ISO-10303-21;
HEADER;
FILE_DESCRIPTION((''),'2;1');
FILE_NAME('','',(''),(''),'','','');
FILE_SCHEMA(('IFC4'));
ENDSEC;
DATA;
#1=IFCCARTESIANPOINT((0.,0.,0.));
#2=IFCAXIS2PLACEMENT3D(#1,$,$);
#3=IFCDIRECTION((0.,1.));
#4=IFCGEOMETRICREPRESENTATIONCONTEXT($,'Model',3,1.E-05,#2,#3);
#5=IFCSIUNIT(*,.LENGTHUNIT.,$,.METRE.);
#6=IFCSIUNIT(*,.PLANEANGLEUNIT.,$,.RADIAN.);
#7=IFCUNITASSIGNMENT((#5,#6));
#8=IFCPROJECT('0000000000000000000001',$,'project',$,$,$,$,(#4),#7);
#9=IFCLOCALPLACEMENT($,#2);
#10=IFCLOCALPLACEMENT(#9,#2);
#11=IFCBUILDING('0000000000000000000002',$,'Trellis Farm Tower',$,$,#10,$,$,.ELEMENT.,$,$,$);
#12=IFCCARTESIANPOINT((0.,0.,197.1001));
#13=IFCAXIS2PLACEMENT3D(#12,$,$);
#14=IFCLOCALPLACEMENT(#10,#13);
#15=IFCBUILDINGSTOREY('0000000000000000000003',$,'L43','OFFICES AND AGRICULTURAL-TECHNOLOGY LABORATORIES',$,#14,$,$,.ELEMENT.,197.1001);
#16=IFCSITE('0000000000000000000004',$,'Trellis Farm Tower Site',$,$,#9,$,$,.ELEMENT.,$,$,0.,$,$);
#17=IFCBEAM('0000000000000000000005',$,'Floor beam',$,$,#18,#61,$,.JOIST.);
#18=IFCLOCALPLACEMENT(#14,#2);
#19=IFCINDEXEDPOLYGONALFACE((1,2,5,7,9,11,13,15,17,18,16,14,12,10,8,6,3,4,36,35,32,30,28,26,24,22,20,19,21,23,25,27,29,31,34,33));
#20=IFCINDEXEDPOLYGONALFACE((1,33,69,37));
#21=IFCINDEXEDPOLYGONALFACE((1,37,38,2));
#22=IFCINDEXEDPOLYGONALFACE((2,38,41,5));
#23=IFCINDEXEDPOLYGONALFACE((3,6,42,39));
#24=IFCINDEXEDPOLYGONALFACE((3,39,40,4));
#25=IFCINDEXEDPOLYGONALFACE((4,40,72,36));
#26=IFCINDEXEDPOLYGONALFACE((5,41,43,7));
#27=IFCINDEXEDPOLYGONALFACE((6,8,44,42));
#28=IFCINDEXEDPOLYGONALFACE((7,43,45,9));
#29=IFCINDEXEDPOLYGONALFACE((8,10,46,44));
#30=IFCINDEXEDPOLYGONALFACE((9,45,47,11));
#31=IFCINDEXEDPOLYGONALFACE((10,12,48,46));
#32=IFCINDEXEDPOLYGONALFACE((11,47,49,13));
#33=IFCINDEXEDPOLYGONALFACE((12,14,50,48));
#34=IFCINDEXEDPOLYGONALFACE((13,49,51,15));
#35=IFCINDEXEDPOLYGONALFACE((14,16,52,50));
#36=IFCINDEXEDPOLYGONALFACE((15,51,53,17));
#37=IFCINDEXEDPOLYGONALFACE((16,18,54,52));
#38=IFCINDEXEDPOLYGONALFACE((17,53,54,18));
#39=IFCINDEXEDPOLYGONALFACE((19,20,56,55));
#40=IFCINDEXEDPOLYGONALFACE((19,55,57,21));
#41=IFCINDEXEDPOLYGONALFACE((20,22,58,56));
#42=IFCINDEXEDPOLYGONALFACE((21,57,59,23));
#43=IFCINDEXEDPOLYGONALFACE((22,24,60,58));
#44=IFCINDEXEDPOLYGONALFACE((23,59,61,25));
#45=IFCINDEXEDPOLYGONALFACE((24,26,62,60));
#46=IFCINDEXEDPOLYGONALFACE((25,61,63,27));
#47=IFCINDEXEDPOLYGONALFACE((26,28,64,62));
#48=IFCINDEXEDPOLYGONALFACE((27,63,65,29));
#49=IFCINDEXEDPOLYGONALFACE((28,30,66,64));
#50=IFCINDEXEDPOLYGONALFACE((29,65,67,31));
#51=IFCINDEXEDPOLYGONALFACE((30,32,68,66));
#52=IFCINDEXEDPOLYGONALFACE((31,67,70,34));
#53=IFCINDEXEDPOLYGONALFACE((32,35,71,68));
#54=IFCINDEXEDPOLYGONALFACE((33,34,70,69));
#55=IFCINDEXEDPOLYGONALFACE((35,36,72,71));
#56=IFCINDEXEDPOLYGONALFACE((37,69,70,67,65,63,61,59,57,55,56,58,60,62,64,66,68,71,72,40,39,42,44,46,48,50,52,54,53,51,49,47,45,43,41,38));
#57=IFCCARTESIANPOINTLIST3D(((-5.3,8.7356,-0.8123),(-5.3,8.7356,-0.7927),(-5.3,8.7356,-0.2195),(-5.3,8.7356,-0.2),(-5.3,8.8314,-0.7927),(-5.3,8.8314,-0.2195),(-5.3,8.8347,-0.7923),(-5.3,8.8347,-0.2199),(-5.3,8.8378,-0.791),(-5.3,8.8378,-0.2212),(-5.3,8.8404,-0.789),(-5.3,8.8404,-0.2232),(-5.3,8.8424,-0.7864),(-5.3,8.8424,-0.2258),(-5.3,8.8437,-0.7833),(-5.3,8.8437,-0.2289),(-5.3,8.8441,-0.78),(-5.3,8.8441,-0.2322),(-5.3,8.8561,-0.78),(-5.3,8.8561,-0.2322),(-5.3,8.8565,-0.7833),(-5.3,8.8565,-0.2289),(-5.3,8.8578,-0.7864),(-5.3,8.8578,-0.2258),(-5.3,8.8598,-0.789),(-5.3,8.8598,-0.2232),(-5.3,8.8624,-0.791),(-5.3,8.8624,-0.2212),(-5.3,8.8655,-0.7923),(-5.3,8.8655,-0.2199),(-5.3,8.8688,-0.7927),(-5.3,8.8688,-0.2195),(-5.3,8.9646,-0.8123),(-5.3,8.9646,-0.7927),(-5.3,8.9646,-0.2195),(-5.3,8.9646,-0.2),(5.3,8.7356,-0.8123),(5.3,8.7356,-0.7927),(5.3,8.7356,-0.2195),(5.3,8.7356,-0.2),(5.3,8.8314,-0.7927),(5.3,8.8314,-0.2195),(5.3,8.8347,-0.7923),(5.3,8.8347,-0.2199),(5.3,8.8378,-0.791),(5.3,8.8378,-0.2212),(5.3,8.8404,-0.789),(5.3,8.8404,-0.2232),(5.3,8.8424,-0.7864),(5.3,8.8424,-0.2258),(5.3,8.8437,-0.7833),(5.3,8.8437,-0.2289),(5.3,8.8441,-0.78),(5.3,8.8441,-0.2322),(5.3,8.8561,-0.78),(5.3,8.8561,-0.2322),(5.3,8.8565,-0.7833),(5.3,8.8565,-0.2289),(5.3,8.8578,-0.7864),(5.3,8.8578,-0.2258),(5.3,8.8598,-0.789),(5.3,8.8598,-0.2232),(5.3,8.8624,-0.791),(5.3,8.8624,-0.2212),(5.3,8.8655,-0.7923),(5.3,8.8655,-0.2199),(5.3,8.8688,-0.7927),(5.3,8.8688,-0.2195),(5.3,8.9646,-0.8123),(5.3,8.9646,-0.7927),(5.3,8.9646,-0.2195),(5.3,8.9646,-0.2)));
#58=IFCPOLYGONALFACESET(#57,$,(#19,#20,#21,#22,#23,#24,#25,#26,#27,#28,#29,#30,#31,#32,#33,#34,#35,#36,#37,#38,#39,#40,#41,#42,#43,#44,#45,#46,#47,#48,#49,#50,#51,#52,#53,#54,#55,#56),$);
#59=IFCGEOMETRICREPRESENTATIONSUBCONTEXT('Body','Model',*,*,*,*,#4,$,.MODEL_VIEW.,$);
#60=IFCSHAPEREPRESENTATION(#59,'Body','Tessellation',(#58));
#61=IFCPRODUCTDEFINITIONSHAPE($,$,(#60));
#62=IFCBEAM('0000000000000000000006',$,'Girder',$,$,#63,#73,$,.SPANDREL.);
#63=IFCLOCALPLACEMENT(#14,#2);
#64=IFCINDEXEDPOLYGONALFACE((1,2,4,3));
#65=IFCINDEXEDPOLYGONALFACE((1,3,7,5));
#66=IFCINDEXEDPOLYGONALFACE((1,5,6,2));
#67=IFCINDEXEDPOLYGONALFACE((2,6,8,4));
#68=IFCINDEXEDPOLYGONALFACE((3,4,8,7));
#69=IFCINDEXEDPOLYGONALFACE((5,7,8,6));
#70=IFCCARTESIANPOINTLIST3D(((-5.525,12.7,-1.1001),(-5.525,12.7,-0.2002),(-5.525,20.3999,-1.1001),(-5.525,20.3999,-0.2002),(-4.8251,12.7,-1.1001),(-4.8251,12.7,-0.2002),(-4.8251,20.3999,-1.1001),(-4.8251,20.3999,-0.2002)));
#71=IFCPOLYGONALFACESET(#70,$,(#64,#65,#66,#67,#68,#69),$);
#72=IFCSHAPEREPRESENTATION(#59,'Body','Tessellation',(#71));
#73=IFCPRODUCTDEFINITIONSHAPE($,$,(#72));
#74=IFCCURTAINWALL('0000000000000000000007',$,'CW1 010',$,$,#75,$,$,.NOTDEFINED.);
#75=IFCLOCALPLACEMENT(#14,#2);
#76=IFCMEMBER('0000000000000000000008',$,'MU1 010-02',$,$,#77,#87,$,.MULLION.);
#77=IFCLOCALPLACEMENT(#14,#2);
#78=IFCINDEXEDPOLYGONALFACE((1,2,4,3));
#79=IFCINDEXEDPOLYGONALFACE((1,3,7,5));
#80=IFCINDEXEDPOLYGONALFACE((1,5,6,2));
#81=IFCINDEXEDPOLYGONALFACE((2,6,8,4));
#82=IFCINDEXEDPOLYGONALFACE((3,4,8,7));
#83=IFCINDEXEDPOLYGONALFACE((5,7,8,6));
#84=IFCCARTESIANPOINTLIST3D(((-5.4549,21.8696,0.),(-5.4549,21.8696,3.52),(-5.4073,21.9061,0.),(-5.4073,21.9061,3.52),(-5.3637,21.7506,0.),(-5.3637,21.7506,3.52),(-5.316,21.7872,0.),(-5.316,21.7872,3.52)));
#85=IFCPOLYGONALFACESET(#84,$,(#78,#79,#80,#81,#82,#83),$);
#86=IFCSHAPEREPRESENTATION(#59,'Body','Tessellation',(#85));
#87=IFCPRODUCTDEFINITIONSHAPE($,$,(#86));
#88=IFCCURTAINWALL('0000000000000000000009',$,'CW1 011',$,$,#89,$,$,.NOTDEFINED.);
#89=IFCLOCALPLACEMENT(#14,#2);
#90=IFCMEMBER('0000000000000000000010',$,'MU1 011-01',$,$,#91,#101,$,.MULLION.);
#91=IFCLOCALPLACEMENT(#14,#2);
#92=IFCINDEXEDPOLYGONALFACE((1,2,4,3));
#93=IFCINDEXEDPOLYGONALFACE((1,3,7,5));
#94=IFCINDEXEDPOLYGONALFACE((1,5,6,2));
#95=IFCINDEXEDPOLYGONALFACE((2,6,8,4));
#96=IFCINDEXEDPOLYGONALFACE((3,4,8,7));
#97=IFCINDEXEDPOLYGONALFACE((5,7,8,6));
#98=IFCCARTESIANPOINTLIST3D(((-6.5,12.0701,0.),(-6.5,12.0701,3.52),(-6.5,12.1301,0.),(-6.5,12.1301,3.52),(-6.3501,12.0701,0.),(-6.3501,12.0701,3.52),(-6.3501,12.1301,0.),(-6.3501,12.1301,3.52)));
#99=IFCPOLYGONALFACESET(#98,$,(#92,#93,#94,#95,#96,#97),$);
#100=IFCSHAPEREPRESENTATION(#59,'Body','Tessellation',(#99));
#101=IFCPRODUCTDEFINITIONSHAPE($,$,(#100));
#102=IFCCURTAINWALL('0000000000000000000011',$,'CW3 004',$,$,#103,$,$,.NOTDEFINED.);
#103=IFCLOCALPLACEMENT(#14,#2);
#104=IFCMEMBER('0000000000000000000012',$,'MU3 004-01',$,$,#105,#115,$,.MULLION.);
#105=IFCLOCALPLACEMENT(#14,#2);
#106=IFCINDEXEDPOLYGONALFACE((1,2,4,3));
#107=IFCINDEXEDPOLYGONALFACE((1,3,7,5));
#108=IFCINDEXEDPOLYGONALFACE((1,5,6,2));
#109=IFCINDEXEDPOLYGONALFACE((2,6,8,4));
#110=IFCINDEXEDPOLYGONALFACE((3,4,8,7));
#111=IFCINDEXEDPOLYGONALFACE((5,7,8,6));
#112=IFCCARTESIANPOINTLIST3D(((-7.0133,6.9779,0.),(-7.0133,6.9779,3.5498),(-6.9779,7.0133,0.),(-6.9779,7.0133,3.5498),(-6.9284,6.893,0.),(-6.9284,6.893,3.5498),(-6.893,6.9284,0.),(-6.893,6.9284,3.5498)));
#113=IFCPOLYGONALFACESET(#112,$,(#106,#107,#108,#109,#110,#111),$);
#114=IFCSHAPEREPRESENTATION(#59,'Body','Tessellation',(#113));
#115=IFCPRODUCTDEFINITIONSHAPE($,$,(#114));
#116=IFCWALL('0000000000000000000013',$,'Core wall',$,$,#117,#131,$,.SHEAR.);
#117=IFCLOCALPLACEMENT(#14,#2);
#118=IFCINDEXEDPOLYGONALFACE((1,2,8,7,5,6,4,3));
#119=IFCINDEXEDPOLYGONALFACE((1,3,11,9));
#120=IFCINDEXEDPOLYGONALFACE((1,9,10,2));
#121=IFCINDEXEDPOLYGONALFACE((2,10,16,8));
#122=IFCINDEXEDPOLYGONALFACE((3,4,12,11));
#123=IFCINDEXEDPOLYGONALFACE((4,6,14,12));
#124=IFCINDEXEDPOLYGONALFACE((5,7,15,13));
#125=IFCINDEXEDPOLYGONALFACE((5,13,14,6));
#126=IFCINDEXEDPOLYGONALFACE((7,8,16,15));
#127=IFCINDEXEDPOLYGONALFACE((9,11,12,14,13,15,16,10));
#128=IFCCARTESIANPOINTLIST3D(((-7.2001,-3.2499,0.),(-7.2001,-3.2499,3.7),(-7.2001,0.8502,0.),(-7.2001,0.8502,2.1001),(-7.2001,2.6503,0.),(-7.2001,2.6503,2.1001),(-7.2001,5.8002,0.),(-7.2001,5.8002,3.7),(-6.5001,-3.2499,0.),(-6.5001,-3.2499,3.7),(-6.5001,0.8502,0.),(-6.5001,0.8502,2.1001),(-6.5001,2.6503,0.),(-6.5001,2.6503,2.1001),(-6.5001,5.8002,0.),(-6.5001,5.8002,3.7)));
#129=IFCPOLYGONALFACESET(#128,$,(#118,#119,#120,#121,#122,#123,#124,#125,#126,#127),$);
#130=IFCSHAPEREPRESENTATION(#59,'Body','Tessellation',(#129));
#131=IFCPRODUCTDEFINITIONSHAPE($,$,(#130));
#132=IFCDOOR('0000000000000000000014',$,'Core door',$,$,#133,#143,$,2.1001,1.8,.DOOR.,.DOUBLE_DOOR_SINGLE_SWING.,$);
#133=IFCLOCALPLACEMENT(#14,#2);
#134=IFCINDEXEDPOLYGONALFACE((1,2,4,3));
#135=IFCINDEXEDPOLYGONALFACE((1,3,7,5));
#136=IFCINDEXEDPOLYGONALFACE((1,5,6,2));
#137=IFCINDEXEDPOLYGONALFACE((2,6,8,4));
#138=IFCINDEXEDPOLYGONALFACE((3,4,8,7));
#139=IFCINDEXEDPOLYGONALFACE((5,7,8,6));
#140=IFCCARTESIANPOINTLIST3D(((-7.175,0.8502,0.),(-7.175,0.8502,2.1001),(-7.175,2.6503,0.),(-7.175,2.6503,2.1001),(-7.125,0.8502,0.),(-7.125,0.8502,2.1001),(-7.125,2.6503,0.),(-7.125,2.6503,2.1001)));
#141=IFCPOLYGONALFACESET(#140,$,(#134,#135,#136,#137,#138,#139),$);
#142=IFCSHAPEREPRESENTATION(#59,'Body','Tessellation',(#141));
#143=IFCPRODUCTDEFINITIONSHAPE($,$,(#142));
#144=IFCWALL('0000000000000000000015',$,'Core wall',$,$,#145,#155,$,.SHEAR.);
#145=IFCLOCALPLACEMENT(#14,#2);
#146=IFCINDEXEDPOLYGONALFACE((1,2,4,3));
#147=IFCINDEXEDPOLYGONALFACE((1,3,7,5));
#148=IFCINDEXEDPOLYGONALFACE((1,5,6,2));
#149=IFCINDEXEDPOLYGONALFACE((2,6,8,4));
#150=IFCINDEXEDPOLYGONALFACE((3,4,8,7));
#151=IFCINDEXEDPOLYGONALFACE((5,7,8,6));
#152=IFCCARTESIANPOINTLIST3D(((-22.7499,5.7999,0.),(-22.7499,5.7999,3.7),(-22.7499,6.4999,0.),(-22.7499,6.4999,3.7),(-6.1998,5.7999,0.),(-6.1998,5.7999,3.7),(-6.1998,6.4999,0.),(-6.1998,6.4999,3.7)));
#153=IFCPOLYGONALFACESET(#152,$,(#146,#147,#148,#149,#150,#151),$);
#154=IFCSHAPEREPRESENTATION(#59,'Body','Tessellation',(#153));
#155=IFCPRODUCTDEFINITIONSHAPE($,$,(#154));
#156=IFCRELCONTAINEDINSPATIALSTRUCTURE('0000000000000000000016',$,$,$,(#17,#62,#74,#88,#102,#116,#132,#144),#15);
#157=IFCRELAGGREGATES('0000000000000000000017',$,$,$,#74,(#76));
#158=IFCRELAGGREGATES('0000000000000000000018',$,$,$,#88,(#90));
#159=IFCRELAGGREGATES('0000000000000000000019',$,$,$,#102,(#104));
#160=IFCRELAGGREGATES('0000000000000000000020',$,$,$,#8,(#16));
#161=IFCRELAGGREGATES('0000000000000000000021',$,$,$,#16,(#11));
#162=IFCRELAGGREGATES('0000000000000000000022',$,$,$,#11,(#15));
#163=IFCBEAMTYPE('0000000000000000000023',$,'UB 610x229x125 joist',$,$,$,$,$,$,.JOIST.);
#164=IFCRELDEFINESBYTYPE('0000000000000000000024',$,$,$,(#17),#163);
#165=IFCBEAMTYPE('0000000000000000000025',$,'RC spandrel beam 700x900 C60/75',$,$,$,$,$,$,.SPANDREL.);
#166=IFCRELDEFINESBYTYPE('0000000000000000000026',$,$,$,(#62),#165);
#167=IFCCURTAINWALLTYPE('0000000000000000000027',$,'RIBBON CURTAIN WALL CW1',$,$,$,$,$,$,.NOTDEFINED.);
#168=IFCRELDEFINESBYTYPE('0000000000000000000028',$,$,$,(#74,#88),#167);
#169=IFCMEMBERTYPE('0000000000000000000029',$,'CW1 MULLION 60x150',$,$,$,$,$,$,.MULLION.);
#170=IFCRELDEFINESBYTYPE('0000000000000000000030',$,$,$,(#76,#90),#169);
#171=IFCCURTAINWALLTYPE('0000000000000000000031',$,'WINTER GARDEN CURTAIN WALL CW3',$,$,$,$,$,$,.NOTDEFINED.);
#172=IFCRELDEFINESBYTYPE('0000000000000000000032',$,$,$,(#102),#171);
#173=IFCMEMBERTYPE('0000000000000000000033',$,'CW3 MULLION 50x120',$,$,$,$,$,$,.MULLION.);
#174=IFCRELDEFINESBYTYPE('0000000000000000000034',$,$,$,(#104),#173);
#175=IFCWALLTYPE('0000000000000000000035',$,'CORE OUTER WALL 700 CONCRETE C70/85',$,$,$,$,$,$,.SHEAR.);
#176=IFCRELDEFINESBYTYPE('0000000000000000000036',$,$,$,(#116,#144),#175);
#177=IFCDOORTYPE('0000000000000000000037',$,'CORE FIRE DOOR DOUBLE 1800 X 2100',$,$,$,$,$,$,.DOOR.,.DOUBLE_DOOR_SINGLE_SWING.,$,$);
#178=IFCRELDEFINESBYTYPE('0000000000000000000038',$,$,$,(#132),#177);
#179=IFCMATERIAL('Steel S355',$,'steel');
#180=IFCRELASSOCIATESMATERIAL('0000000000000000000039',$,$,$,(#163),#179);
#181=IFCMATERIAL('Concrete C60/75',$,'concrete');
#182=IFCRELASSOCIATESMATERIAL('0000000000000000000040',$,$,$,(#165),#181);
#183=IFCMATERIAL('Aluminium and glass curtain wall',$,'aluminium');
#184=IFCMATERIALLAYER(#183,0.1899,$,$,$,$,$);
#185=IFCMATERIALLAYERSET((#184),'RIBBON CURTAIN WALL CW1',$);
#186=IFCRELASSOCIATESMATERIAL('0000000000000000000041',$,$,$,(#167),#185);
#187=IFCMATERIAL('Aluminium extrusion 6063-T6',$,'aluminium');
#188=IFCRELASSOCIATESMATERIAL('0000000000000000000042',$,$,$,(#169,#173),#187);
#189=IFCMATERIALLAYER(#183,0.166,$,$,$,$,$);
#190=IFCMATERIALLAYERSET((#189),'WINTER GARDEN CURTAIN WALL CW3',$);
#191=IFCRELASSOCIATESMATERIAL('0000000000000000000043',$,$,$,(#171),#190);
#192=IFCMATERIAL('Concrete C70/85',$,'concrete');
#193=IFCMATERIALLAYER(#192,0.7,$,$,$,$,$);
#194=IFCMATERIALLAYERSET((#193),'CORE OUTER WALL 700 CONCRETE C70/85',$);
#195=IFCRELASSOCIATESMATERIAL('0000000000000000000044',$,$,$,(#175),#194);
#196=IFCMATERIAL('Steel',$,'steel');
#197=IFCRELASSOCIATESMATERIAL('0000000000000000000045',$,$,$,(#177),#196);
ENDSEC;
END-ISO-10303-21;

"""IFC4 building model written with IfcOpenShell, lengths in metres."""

from ifc_helpers import new_model, si_unit, direction, frame, frame_2d, origin, origin_2d, place, context, subcontext, project, spatial, rectangle, i_section, extrude, source, transform, mapped, material, layer, layer_set, material_profile, profile_set, type_object, element, fill, aggregate, save


model = new_model("IFC4")

# Units and contexts
model_context = context("Model", 3, precision=1e-05, world=origin(), true_north=direction((0.0, 1.0)))
body_context = subcontext(model_context, "Body", "Model", "MODEL_VIEW")
ifc_project = project(units=[si_unit("LENGTHUNIT", "METRE"), si_unit("PLANEANGLEUNIT", "RADIAN")], contexts=[model_context])

# Site, building, storey
site_placement = place(None, origin())
site = spatial("IfcSite", under=ifc_project, at=site_placement, Name="Trellis Farm Tower Site", CompositionType="ELEMENT", RefElevation=0.0)
building_placement = place(site_placement, origin())
building = spatial("IfcBuilding", under=site, at=building_placement, Name="Trellis Farm Tower", CompositionType="ELEMENT")
storey_placement = place(building_placement, frame((0.0, 0.0, 197.1001)))
storey = spatial("IfcBuildingStorey", under=building, at=storey_placement, Name="L43", Description="OFFICES AND AGRICULTURAL-TECHNOLOGY LABORATORIES", CompositionType="ELEMENT", Elevation=197.1001)

# Shared definitions
ifc_material_1 = material(Name="Concrete C70/85", Category="concrete")

# Beams
ifc_material_2 = material(Name="Concrete C60/75", Category="concrete")
ifc_material_3 = material(Name="Steel S355", Category="steel")
ifc_material_profile_1 = material_profile(ifc_material_3, i_section(OverallWidth=0.229, OverallDepth=0.6123, WebThickness=0.012, FlangeThickness=0.0195, FilletRadius=0.0127, at=origin_2d()), Name="UB 610x229x125")
ifc_profile_set_1 = profile_set([ifc_material_profile_1], Name="Steel S355")
beam_type_1 = type_object("IfcBeamType", Name="UB 610x229x125 joist", PredefinedType="JOIST", material=ifc_profile_set_1)
shared_shape_1 = source(origin(), body_context, "Body", "SweptSolid", [
    extrude(i_section(OverallWidth=0.229, OverallDepth=0.6123, WebThickness=0.012, FlangeThickness=0.0195, FilletRadius=0.0127, at=origin_2d()), origin(), (0.0, 0.0, 1.0), 10.6001),
])
beam_1_placement = place(storey_placement, frame((-5.3, 8.8501, -0.5061), z_axis=(1.0, 0.0, 0.0), x_axis=(0.0, 1.0, 0.0)))
element("IfcBeam", 1, at=beam_1_placement, inside=storey, type_object=beam_type_1, Name="Floor beam", PredefinedType="JOIST", context=body_context, shape_type="MappedRepresentation", body=[
    mapped(shared_shape_1, transform((0.0, 0.0, 0.0))),
])
ifc_material_profile_2 = material_profile(ifc_material_2, rectangle(XDim=0.7, YDim=0.8999, at=origin_2d()), Name="RC spandrel beam 700x900 C60/75")
ifc_profile_set_2 = profile_set([ifc_material_profile_2], Name="Concrete C60/75")
beam_type_2 = type_object("IfcBeamType", Name="RC spandrel beam 700x900 C60/75", PredefinedType="SPANDREL", material=ifc_profile_set_2)
shared_shape_2 = source(origin(), body_context, "Body", "SweptSolid", [
    extrude(rectangle(XDim=0.7, YDim=0.8999, at=origin_2d()), origin(), (0.0, 0.0, 1.0), 7.7),
])
beam_2_placement = place(storey_placement, frame((-5.175, 12.7, -0.6501), z_axis=(0.0, 1.0, 0.0), x_axis=(-1.0, 0.0, 0.0)))
element("IfcBeam", 2, at=beam_2_placement, inside=storey, type_object=beam_type_2, Name="Girder", PredefinedType="SPANDREL", context=body_context, shape_type="MappedRepresentation", body=[
    mapped(shared_shape_2, transform((0.0, 0.0, 0.0))),
])

# Curtain walls, members
ifc_material_4 = material(Name="Aluminium and glass curtain wall", Category="aluminium")
ifc_layer_1 = layer(ifc_material_4, 0.1899)
ifc_layer_set_1 = layer_set([ifc_layer_1], Name="RIBBON CURTAIN WALL CW1")
curtain_wall_type_1 = type_object("IfcCurtainWallType", Name="RIBBON CURTAIN WALL CW1", PredefinedType="NOTDEFINED", material=ifc_layer_set_1)
placement = place(storey_placement, origin())
curtain_wall_1 = element("IfcCurtainWall", 3, at=placement, inside=storey, type_object=curtain_wall_type_1, Name="CW1 010", PredefinedType="NOTDEFINED")
ifc_material_5 = material(Name="Aluminium extrusion 6063-T6", Category="aluminium")
ifc_material_profile_3 = material_profile(ifc_material_5, rectangle(XDim=0.0601, YDim=0.1499, at=origin_2d()), Name="MULLION 60x150")
ifc_profile_set_3 = profile_set([ifc_material_profile_3], Name="Aluminium extrusion 6063-T6")
member_type_1 = type_object("IfcMemberType", Name="CW1 MULLION 60x150", PredefinedType="MULLION", material=ifc_profile_set_3)
shared_shape_3 = source(origin(), body_context, "Body", "SweptSolid", [
    extrude(rectangle(XDim=0.0601, YDim=0.1499, at=origin_2d()), origin(), (0.0, 0.0, 1.0), 3.52),
])
member_1_placement = place(storey_placement, frame((-5.3855, 21.8284, 0.0), z_axis=(0.0, 0.0, 1.0), x_axis=(-0.793353, -0.608761, 0.0)))
member_1 = element("IfcMember", 4, at=member_1_placement, type_object=member_type_1, Name="MU1 010-02", PredefinedType="MULLION", context=body_context, shape_type="MappedRepresentation", body=[
    mapped(shared_shape_3, transform((0.0, 0.0, 0.0))),
])
aggregate(curtain_wall_1, [member_1])
curtain_wall_2 = element("IfcCurtainWall", 5, at=placement, inside=storey, type_object=curtain_wall_type_1, Name="CW1 011", PredefinedType="NOTDEFINED")
member_2_placement = place(storey_placement, frame((-6.425, 12.1001, 0.0), z_axis=(0.0, 0.0, 1.0), x_axis=(0.0, -1.0, 0.0)))
member_2 = element("IfcMember", 6, at=member_2_placement, type_object=member_type_1, Name="MU1 011-01", PredefinedType="MULLION", context=body_context, shape_type="MappedRepresentation", body=[
    mapped(shared_shape_3, transform((0.0, 0.0, 0.0))),
])
aggregate(curtain_wall_2, [member_2])
ifc_layer_2 = layer(ifc_material_4, 0.166)
ifc_layer_set_2 = layer_set([ifc_layer_2], Name="WINTER GARDEN CURTAIN WALL CW3")
curtain_wall_type_2 = type_object("IfcCurtainWallType", Name="WINTER GARDEN CURTAIN WALL CW3", PredefinedType="NOTDEFINED", material=ifc_layer_set_2)
curtain_wall_3 = element("IfcCurtainWall", 7, at=placement, inside=storey, type_object=curtain_wall_type_2, Name="CW3 004", PredefinedType="NOTDEFINED")
ifc_material_profile_4 = material_profile(ifc_material_5, rectangle(XDim=0.05, YDim=0.1201, at=origin_2d()), Name="MULLION 50x120")
ifc_profile_set_4 = profile_set([ifc_material_profile_4], Name="Aluminium extrusion 6063-T6")
member_type_2 = type_object("IfcMemberType", Name="CW3 MULLION 50x120", PredefinedType="MULLION", material=ifc_profile_set_4)
shared_shape_4 = source(origin(), body_context, "Body", "SweptSolid", [
    extrude(rectangle(XDim=0.05, YDim=0.1201, at=origin_2d()), origin(), (0.0, 0.0, 1.0), 3.5498),
])
member_3_placement = place(storey_placement, frame((-6.9531, 6.9531, 0.0), z_axis=(0.0, 0.0, 1.0), x_axis=(-0.707107, -0.707107, 0.0)))
member_3 = element("IfcMember", 8, at=member_3_placement, type_object=member_type_2, Name="MU3 004-01", PredefinedType="MULLION", context=body_context, shape_type="MappedRepresentation", body=[
    mapped(shared_shape_4, transform((0.0, 0.0, 0.0))),
])
aggregate(curtain_wall_3, [member_3])

# Wall, opening, door
ifc_layer_3 = layer(ifc_material_1, 0.7)
ifc_layer_set_3 = layer_set([ifc_layer_3], Name="CORE OUTER WALL 700 CONCRETE C70/85")
wall_type_1 = type_object("IfcWallType", Name="CORE OUTER WALL 700 CONCRETE C70/85", PredefinedType="SHEAR", material=ifc_layer_set_3)
shared_shape_5 = source(origin(), body_context, "Body", "SweptSolid", [
    extrude(rectangle(XDim=9.05, YDim=0.7, at=frame_2d((4.5249, 0.0))), origin(), (0.0, 0.0, 1.0), 3.7),
])
wall_1_placement = place(storey_placement, frame((-6.8501, 5.8, 0.0), z_axis=(0.0, 0.0, 1.0), x_axis=(0.0, -1.0, 0.0)))
wall_1 = element("IfcWall", 9, at=wall_1_placement, inside=storey, type_object=wall_type_1, Name="Core wall", PredefinedType="SHEAR", context=body_context, shape_type="MappedRepresentation", body=[
    mapped(shared_shape_5, transform((0.0, 0.0, 0.0))),
])
shared_shape_6 = source(origin(), body_context, "Body", "SweptSolid", [
    extrude(rectangle(XDim=1.8, YDim=2.1001, at=frame_2d((0.8999, 1.05))), frame((0.0, 0.3601, 0.0), z_axis=(0.0, -1.0, 0.0), x_axis=(1.0, 0.0, 0.0)), (0.0, 0.0, 1.0), 0.7202),
])
opening_1_placement = place(wall_1_placement, frame((3.1499, 0.0, 0.0)))
opening_1 = element("IfcOpeningElement", 10, at=opening_1_placement, cuts=wall_1, PredefinedType="OPENING", context=body_context, shape_type="MappedRepresentation", body=[
    mapped(shared_shape_6, transform((0.0, 0.0, 0.0))),
])
ifc_material_6 = material(Name="Steel", Category="steel")
door_type_1 = type_object("IfcDoorType", Name="CORE FIRE DOOR DOUBLE 1800 X 2100", OperationType="DOUBLE_DOOR_SINGLE_SWING", PredefinedType="DOOR", material=ifc_material_6)
shared_shape_7 = source(origin(), body_context, "Body", "SweptSolid", [
    extrude(rectangle(XDim=1.8, YDim=2.1001, at=frame_2d((0.8999, 1.05))), frame((0.0, -0.2749, 0.0), z_axis=(0.0, -1.0, 0.0), x_axis=(1.0, 0.0, 0.0)), (0.0, 0.0, 1.0), 0.05),
])
door_1_placement = place(opening_1_placement, origin())
door_1 = element("IfcDoor", 11, at=door_1_placement, inside=storey, type_object=door_type_1, Name="Core door", OperationType="DOUBLE_DOOR_SINGLE_SWING", OverallHeight=2.1001, OverallWidth=1.8, PredefinedType="DOOR", context=body_context, shape_type="MappedRepresentation", body=[
    mapped(shared_shape_7, transform((0.0, 0.0, 0.0))),
])
fill(opening_1, door_1)

# Wall
shared_shape_8 = source(origin(), body_context, "Body", "SweptSolid", [
    extrude(rectangle(XDim=16.55, YDim=0.7, at=frame_2d((8.2749, 0.0))), origin(), (0.0, 0.0, 1.0), 3.7),
])
wall_2_placement = place(storey_placement, frame((-6.2, 6.1499, 0.0), z_axis=(0.0, 0.0, 1.0), x_axis=(-1.0, 0.0, 0.0)))
element("IfcWall", 12, at=wall_2_placement, inside=storey, type_object=wall_type_1, Name="Core wall", PredefinedType="SHEAR", context=body_context, shape_type="MappedRepresentation", body=[
    mapped(shared_shape_8, transform((0.0, 0.0, 0.0))),
])

save(model, "model.ifc")
